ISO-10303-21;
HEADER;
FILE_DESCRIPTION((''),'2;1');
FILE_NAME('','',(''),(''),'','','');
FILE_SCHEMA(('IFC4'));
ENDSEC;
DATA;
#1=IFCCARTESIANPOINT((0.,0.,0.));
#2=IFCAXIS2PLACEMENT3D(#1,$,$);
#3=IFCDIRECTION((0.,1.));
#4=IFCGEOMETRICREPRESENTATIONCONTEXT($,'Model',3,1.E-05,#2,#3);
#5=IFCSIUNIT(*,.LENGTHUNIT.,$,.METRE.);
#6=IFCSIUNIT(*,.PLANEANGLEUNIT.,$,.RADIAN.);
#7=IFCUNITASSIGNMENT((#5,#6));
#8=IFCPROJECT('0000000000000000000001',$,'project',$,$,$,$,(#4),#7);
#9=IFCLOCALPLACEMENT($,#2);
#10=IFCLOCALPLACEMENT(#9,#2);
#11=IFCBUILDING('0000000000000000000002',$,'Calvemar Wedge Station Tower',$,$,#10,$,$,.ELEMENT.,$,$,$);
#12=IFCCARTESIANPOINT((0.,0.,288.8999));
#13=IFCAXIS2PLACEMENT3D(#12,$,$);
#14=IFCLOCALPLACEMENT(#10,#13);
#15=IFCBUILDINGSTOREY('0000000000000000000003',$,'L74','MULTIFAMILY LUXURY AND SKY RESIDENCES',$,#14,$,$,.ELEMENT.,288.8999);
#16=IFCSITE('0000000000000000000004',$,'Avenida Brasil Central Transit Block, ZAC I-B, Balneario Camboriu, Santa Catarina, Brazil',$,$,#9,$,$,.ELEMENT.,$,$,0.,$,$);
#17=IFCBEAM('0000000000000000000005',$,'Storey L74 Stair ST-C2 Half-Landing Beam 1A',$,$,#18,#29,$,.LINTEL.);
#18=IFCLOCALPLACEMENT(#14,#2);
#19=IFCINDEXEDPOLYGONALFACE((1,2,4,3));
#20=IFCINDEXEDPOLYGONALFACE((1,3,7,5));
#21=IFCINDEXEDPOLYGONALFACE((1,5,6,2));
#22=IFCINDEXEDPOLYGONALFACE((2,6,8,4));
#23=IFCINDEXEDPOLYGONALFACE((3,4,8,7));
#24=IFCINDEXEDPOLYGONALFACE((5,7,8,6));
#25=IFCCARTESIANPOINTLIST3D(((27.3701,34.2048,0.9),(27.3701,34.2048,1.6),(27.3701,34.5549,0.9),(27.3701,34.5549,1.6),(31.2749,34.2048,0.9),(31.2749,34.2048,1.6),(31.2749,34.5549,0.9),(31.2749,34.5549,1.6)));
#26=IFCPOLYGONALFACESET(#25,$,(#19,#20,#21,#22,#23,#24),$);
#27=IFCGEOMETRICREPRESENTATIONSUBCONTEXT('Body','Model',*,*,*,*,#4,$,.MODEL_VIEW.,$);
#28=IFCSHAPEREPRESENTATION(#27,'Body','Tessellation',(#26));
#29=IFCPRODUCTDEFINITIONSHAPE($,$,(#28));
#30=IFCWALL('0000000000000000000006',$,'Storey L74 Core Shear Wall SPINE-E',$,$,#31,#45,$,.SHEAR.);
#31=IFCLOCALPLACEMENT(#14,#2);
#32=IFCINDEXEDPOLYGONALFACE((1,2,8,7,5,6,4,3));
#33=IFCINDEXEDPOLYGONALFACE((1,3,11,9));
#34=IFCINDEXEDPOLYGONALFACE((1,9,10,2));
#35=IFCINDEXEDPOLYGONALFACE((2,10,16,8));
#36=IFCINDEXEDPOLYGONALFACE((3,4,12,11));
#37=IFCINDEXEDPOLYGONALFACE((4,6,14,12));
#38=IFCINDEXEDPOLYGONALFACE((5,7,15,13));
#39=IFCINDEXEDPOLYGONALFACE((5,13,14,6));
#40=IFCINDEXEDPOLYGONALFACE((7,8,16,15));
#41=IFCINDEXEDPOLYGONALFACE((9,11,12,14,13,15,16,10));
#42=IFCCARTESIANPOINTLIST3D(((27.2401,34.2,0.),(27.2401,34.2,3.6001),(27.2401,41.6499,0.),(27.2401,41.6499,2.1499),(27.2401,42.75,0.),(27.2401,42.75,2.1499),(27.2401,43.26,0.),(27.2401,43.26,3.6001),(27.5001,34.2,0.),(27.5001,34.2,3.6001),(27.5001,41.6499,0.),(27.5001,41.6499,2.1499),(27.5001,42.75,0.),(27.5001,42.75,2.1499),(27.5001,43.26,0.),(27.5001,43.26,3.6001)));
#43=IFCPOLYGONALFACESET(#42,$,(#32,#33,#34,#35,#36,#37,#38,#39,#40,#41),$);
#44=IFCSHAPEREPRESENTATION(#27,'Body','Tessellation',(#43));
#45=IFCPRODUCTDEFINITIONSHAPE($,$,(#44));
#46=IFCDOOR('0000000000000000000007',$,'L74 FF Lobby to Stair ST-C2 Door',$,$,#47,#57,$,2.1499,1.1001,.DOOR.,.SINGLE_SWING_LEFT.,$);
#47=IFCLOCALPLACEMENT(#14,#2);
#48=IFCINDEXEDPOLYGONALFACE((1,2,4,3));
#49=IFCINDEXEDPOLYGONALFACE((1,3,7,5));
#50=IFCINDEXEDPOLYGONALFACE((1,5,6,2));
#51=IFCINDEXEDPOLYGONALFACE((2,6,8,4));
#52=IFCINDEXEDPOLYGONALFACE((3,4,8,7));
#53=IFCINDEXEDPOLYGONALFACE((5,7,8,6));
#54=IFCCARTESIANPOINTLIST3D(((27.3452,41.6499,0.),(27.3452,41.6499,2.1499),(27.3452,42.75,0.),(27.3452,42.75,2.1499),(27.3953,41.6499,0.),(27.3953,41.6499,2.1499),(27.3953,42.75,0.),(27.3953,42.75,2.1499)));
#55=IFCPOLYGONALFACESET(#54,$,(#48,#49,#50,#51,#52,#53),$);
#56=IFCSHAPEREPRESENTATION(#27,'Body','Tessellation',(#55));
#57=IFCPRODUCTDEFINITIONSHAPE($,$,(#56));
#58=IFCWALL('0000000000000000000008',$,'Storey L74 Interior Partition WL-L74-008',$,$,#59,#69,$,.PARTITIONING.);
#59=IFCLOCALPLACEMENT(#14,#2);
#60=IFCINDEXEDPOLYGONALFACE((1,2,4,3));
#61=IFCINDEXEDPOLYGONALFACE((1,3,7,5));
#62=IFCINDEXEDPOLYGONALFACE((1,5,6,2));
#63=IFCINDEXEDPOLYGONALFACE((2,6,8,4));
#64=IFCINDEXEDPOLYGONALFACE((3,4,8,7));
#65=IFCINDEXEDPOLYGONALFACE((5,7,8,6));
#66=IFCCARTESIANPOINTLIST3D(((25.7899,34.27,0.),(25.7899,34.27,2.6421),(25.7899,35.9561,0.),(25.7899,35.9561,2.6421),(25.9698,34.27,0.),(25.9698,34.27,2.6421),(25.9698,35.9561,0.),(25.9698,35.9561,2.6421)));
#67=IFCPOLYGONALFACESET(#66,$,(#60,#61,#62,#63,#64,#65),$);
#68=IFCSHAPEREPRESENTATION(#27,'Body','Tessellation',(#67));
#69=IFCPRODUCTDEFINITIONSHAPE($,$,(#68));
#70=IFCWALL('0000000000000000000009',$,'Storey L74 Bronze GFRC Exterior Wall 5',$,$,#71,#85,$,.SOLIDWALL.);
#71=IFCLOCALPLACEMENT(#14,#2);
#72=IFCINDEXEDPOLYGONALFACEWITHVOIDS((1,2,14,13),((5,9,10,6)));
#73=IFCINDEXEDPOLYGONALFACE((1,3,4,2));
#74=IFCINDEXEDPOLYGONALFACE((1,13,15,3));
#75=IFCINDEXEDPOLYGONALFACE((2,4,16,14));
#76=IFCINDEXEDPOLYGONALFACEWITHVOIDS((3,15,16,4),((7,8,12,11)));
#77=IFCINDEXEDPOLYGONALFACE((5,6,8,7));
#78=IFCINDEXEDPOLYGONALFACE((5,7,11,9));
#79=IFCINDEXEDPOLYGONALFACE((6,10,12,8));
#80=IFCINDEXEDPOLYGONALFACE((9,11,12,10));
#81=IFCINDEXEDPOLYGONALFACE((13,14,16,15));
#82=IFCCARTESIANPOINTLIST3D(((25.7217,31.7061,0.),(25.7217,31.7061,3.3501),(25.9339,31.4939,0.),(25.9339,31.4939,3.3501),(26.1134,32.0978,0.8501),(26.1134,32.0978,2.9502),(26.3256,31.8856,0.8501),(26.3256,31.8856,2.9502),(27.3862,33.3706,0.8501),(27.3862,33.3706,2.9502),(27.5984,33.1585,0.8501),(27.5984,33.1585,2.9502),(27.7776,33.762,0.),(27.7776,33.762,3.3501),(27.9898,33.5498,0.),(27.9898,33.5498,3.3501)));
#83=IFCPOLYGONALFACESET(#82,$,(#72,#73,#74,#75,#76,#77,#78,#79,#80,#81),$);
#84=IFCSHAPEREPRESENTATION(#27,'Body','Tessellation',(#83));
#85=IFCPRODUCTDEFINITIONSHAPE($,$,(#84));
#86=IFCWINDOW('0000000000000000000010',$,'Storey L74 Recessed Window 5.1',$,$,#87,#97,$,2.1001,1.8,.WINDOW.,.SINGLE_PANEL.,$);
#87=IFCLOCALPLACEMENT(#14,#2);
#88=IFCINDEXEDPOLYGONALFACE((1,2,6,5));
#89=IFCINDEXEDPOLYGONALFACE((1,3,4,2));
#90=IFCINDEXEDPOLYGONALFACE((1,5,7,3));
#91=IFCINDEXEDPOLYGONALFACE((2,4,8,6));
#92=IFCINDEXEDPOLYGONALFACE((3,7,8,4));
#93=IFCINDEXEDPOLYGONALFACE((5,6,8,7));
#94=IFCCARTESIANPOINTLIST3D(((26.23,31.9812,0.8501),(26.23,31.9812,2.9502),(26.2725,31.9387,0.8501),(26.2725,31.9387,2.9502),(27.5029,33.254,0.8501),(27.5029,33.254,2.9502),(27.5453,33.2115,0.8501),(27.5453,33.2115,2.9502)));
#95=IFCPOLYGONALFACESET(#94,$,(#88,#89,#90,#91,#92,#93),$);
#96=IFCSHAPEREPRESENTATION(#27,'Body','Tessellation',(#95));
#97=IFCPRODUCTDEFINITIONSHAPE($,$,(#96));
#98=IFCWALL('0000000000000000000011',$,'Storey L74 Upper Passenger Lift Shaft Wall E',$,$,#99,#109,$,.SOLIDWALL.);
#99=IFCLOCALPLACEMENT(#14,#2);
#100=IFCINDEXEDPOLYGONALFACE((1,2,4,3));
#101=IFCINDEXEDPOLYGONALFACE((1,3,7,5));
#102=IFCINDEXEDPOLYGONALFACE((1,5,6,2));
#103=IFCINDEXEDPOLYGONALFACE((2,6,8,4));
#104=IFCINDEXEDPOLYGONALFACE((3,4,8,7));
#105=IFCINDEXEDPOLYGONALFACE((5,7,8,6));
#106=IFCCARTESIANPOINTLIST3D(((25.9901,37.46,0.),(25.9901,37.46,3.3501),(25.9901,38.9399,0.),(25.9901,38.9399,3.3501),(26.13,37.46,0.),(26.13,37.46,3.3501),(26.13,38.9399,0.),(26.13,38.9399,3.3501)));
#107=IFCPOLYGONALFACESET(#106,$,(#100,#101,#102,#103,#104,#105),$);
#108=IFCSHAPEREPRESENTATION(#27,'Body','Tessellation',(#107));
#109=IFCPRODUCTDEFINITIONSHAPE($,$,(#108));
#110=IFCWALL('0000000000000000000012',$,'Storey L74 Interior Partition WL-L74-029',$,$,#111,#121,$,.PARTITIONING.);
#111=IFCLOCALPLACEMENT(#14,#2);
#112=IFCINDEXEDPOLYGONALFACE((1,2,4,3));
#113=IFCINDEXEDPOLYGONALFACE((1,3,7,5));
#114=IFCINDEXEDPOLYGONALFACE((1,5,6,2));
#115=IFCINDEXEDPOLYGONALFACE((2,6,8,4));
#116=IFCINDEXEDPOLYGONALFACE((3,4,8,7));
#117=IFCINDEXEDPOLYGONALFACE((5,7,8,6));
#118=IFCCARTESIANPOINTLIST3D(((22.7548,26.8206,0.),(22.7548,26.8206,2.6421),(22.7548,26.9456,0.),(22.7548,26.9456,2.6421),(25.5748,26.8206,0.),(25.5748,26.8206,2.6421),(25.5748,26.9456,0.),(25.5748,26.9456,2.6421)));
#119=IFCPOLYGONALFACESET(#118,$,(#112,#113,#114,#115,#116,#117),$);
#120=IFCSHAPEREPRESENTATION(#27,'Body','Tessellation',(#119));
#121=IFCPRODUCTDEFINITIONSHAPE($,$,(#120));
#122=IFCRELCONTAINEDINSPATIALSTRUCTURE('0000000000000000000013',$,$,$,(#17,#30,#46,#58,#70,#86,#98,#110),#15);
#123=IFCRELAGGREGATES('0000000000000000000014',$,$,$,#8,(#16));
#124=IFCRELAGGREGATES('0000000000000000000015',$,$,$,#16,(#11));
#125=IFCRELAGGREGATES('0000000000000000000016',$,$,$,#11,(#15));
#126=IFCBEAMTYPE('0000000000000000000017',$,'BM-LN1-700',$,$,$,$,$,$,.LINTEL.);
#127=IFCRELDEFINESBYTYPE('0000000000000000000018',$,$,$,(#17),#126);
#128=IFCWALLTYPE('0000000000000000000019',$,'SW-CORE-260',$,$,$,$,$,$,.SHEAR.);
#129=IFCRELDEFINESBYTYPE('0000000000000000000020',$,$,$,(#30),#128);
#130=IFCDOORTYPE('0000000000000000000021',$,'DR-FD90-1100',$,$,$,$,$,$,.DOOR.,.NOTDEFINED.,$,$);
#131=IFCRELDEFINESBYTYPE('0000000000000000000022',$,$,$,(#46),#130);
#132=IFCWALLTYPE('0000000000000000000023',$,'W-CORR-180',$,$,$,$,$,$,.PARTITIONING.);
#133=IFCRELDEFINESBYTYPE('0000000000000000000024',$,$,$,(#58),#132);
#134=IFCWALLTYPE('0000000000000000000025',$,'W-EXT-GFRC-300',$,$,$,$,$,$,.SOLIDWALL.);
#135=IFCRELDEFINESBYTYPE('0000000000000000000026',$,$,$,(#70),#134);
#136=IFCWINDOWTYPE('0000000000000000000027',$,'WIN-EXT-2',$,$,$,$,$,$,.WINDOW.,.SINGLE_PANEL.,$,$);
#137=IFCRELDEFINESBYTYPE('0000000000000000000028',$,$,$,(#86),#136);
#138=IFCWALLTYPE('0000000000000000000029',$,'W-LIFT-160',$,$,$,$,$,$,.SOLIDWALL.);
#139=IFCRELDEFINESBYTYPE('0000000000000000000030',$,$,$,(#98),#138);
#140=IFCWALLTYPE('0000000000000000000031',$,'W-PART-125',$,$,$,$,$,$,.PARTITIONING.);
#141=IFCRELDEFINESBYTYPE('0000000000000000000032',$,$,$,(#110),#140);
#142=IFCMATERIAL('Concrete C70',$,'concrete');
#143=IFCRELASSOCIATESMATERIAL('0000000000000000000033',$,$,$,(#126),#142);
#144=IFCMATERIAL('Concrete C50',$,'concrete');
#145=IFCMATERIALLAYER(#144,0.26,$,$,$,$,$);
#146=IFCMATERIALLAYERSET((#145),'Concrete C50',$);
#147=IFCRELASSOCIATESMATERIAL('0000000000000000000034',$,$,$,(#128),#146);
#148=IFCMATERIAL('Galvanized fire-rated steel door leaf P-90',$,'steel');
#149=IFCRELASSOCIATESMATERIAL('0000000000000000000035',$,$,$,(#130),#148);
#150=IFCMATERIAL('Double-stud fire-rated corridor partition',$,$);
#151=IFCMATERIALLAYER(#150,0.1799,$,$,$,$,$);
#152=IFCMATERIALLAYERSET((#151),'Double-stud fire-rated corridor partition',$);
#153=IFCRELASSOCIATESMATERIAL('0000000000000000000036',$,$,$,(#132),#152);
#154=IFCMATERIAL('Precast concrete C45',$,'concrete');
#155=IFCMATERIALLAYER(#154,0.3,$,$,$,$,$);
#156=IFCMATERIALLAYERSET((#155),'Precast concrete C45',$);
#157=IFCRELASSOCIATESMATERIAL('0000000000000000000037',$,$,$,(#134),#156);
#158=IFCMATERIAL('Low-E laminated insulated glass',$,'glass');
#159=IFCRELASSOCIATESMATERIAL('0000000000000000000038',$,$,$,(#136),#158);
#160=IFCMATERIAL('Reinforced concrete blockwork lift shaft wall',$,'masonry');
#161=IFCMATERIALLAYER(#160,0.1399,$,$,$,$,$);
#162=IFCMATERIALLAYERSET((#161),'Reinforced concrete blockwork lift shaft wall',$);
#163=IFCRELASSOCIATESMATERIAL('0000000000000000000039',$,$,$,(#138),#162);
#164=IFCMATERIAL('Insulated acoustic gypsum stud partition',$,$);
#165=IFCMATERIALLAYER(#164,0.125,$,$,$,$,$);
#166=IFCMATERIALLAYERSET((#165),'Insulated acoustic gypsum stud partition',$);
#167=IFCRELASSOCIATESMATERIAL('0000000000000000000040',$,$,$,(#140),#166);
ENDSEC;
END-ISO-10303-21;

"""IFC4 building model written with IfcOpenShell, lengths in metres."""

from ifc_helpers import new_model, si_unit, direction, frame, frame_2d, origin, origin_2d, place, context, subcontext, project, spatial, rectangle, extrude, source, transform, mapped, material, layer, layer_set, material_profile, profile_set, type_object, element, fill, save


model = new_model("IFC4")

# Units and contexts
model_context = context("Model", 3, precision=1e-05, world=origin(), true_north=direction((0.0, 1.0)))
body_context = subcontext(model_context, "Body", "Model", "MODEL_VIEW")
ifc_project = project(units=[si_unit("LENGTHUNIT", "METRE"), si_unit("PLANEANGLEUNIT", "RADIAN")], contexts=[model_context])

# Site, building, storey
site_placement = place(None, origin())
site = spatial("IfcSite", under=ifc_project, at=site_placement, Name="Avenida Brasil Central Transit Block, ZAC I-B, Balneario Camboriu, Santa Catarina, Brazil", CompositionType="ELEMENT", RefElevation=0.0)
building_placement = place(site_placement, origin())
building = spatial("IfcBuilding", under=site, at=building_placement, Name="Calvemar Wedge Station Tower", CompositionType="ELEMENT")
storey_placement = place(building_placement, frame((0.0, 0.0, 288.8999)))
storey = spatial("IfcBuildingStorey", under=building, at=storey_placement, Name="L74", Description="MULTIFAMILY LUXURY AND SKY RESIDENCES", CompositionType="ELEMENT", Elevation=288.8999)

# Beam
ifc_material_1 = material(Name="Concrete C70", Category="concrete")
ifc_material_profile = material_profile(ifc_material_1, rectangle(XDim=0.3501, YDim=0.7, at=origin_2d()), Name="RC350x700")
ifc_profile_set = profile_set([ifc_material_profile], Name="Concrete C70")
beam_type = type_object("IfcBeamType", Name="BM-LN1-700", PredefinedType="LINTEL", material=ifc_profile_set)
shared_shape_1 = source(origin(), body_context, "Body", "SweptSolid", [
    extrude(rectangle(XDim=0.3501, YDim=0.7, at=origin_2d()), origin(), (0.0, 0.0, 1.0), 3.9048),
])
beam_placement = place(storey_placement, frame((27.3701, 34.3799, 1.25), z_axis=(1.0, 0.0, 0.0), x_axis=(0.0, 1.0, 0.0)))
element("IfcBeam", 1, at=beam_placement, inside=storey, type_object=beam_type, Name="Storey L74 Stair ST-C2 Half-Landing Beam 1A", PredefinedType="LINTEL", context=body_context, shape_type="MappedRepresentation", body=[
    mapped(shared_shape_1, transform((0.0, 0.0, 0.0), scale=1.0)),
])

# Wall, opening, door
ifc_material_2 = material(Name="Concrete C50", Category="concrete")
ifc_layer_1 = layer(ifc_material_2, 0.26)
ifc_layer_set_1 = layer_set([ifc_layer_1], Name="Concrete C50")
wall_type_1 = type_object("IfcWallType", Name="SW-CORE-260", PredefinedType="SHEAR", material=ifc_layer_set_1)
wall_1_placement = place(storey_placement, frame((27.3701, 34.2, 0.0), z_axis=(0.0, 0.0, 1.0), x_axis=(0.0, 1.0, 0.0)))
wall_1 = element("IfcWall", 2, at=wall_1_placement, inside=storey, type_object=wall_type_1, Name="Storey L74 Core Shear Wall SPINE-E", PredefinedType="SHEAR", context=body_context, shape_type="SweptSolid", body=[
    extrude(rectangle(XDim=9.0601, YDim=0.26, at=frame_2d((4.53, 0.0))), origin(), (0.0, 0.0, 1.0), 3.6001),
])
shared_shape_2 = source(origin(), body_context, "Body", "SweptSolid", [
    extrude(rectangle(XDim=1.1001, YDim=2.1499, at=frame_2d((0.55, 1.075))), frame((0.0, 0.1401, 0.0), z_axis=(0.0, -1.0, 0.0), x_axis=(1.0, 0.0, 0.0)), (0.0, 0.0, 1.0), 0.28),
])
opening_1_placement = place(wall_1_placement, frame((7.45, 0.0, 0.0)))
opening_1 = element("IfcOpeningElement", 3, at=opening_1_placement, cuts=wall_1, PredefinedType="OPENING", context=body_context, shape_type="MappedRepresentation", body=[
    mapped(shared_shape_2, transform((0.0, 0.0, 0.0), scale=1.0)),
])
ifc_material_3 = material(Name="Galvanized fire-rated steel door leaf P-90", Category="steel")
door_type_1 = type_object("IfcDoorType", Name="DR-FD90-1100", OperationType="NOTDEFINED", PredefinedType="DOOR", material=ifc_material_3)
shared_shape_3 = source(origin(), body_context, "Body", "SweptSolid", [
    extrude(rectangle(XDim=1.1001, YDim=2.1499, at=frame_2d((0.55, 1.075))), frame((0.0, 0.0249, 0.0), z_axis=(0.0, -1.0, 0.0), x_axis=(1.0, 0.0, 0.0)), (0.0, 0.0, 1.0), 0.05),
])
door_1_placement = place(opening_1_placement, origin())
door_1 = element("IfcDoor", 4, at=door_1_placement, inside=storey, type_object=door_type_1, Name="L74 FF Lobby to Stair ST-C2 Door", OperationType="SINGLE_SWING_LEFT", OverallHeight=2.1499, OverallWidth=1.1001, PredefinedType="DOOR", context=body_context, shape_type="MappedRepresentation", body=[
    mapped(shared_shape_3, transform((0.0, 0.0, 0.0), scale=1.0)),
])
fill(opening_1, door_1)
ifc_material_4 = material(Name="Double-stud fire-rated corridor partition")
ifc_layer_2 = layer(ifc_material_4, 0.1799)
ifc_layer_set_2 = layer_set([ifc_layer_2], Name="Double-stud fire-rated corridor partition")
wall_type_2 = type_object("IfcWallType", Name="W-CORR-180", PredefinedType="PARTITIONING", material=ifc_layer_set_2)

# Wall
wall_2_placement = place(storey_placement, frame((25.8799, 35.9561, 0.0), z_axis=(0.0, 0.0, 1.0), x_axis=(0.0, -1.0, 0.0)))
element("IfcWall", 5, at=wall_2_placement, inside=storey, type_object=wall_type_2, Name="Storey L74 Interior Partition WL-L74-008", PredefinedType="PARTITIONING", context=body_context, shape_type="SweptSolid", body=[
    extrude(rectangle(XDim=1.686, YDim=0.1799, at=frame_2d((0.843, 0.0))), origin(), (0.0, 0.0, 1.0), 2.6421),
])

# Shared definitions
ifc_material_5 = material(Name="Precast concrete C45", Category="concrete")
ifc_layer_3 = layer(ifc_material_5, 0.3)
ifc_layer_set_3 = layer_set([ifc_layer_3], Name="Precast concrete C45")
wall_type_3 = type_object("IfcWallType", Name="W-EXT-GFRC-300", PredefinedType="SOLIDWALL", material=ifc_layer_set_3)
ifc_material_6 = material(Name="Low-E laminated insulated glass", Category="glass")

# Wall, opening, window
wall_3_placement = place(storey_placement, frame((25.8279, 31.6001, 0.0), z_axis=(0.0, 0.0, 1.0), x_axis=(0.707107, 0.707107, 0.0)))
wall_3 = element("IfcWall", 6, at=wall_3_placement, inside=storey, type_object=wall_type_3, Name="Storey L74 Bronze GFRC Exterior Wall 5", PredefinedType="SOLIDWALL", context=body_context, shape_type="SweptSolid", body=[
    extrude(rectangle(XDim=2.9075, YDim=0.3, at=frame_2d((1.4536, 0.0))), origin(), (0.0, 0.0, 1.0), 3.3501),
])
shared_shape_4 = source(origin(), body_context, "Body", "SweptSolid", [
    extrude(rectangle(XDim=1.8, YDim=2.1001, at=frame_2d((0.8999, 1.05))), frame((0.0, 0.1602, 0.0), z_axis=(0.0, -1.0, 0.0), x_axis=(1.0, 0.0, 0.0)), (0.0, 0.0, 1.0), 0.3201),
])
opening_2_placement = place(wall_3_placement, frame((0.554, 0.0, 0.8501)))
opening_2 = element("IfcOpeningElement", 7, at=opening_2_placement, cuts=wall_3, PredefinedType="OPENING", context=body_context, shape_type="MappedRepresentation", body=[
    mapped(shared_shape_4, transform((0.0, 0.0, 0.0), scale=1.0)),
])
window_type_1 = type_object("IfcWindowType", Name="WIN-EXT-2", PartitioningType="SINGLE_PANEL", PredefinedType="WINDOW", material=ifc_material_6)
shared_shape_5 = source(origin(), body_context, "Body", "SweptSolid", [
    extrude(rectangle(XDim=1.8, YDim=2.1001, at=frame_2d((0.8999, 1.05))), frame((0.0, -0.0149, 0.0), z_axis=(0.0, -1.0, 0.0), x_axis=(1.0, 0.0, 0.0)), (0.0, 0.0, 1.0), 0.0601),
])
window_1_placement = place(opening_2_placement, origin())
window_1 = element("IfcWindow", 8, at=window_1_placement, inside=storey, type_object=window_type_1, Name="Storey L74 Recessed Window 5.1", OverallHeight=2.1001, OverallWidth=1.8, PartitioningType="SINGLE_PANEL", PredefinedType="WINDOW", context=body_context, shape_type="MappedRepresentation", body=[
    mapped(shared_shape_5, transform((0.0, 0.0, 0.0), scale=1.0)),
])
fill(opening_2, window_1)

# Walls
ifc_material_7 = material(Name="Reinforced concrete blockwork lift shaft wall", Category="masonry")
ifc_layer_4 = layer(ifc_material_7, 0.1399)
ifc_layer_set_4 = layer_set([ifc_layer_4], Name="Reinforced concrete blockwork lift shaft wall")
wall_type_4 = type_object("IfcWallType", Name="W-LIFT-160", PredefinedType="SOLIDWALL", material=ifc_layer_set_4)
wall_4_placement = place(storey_placement, frame((26.0601, 37.46, 0.0), z_axis=(0.0, 0.0, 1.0), x_axis=(0.0, 1.0, 0.0)))
element("IfcWall", 9, at=wall_4_placement, inside=storey, type_object=wall_type_4, Name="Storey L74 Upper Passenger Lift Shaft Wall E", PredefinedType="SOLIDWALL", context=body_context, shape_type="SweptSolid", body=[
    extrude(rectangle(XDim=1.48, YDim=0.1399, at=frame_2d((0.74, 0.0))), origin(), (0.0, 0.0, 1.0), 3.3501),
])
ifc_material_8 = material(Name="Insulated acoustic gypsum stud partition")
ifc_layer_5 = layer(ifc_material_8, 0.125)
ifc_layer_set_5 = layer_set([ifc_layer_5], Name="Insulated acoustic gypsum stud partition")
wall_type_5 = type_object("IfcWallType", Name="W-PART-125", PredefinedType="PARTITIONING", material=ifc_layer_set_5)
wall_5_placement = place(storey_placement, frame((25.575, 26.8831, 0.0), z_axis=(0.0, 0.0, 1.0), x_axis=(-1.0, 0.0, 0.0)))
element("IfcWall", 10, at=wall_5_placement, inside=storey, type_object=wall_type_5, Name="Storey L74 Interior Partition WL-L74-029", PredefinedType="PARTITIONING", context=body_context, shape_type="SweptSolid", body=[
    extrude(rectangle(XDim=2.8201, YDim=0.125, at=frame_2d((1.4102, 0.0))), origin(), (0.0, 0.0, 1.0), 2.6421),
])

save(model, "model.ifc")
